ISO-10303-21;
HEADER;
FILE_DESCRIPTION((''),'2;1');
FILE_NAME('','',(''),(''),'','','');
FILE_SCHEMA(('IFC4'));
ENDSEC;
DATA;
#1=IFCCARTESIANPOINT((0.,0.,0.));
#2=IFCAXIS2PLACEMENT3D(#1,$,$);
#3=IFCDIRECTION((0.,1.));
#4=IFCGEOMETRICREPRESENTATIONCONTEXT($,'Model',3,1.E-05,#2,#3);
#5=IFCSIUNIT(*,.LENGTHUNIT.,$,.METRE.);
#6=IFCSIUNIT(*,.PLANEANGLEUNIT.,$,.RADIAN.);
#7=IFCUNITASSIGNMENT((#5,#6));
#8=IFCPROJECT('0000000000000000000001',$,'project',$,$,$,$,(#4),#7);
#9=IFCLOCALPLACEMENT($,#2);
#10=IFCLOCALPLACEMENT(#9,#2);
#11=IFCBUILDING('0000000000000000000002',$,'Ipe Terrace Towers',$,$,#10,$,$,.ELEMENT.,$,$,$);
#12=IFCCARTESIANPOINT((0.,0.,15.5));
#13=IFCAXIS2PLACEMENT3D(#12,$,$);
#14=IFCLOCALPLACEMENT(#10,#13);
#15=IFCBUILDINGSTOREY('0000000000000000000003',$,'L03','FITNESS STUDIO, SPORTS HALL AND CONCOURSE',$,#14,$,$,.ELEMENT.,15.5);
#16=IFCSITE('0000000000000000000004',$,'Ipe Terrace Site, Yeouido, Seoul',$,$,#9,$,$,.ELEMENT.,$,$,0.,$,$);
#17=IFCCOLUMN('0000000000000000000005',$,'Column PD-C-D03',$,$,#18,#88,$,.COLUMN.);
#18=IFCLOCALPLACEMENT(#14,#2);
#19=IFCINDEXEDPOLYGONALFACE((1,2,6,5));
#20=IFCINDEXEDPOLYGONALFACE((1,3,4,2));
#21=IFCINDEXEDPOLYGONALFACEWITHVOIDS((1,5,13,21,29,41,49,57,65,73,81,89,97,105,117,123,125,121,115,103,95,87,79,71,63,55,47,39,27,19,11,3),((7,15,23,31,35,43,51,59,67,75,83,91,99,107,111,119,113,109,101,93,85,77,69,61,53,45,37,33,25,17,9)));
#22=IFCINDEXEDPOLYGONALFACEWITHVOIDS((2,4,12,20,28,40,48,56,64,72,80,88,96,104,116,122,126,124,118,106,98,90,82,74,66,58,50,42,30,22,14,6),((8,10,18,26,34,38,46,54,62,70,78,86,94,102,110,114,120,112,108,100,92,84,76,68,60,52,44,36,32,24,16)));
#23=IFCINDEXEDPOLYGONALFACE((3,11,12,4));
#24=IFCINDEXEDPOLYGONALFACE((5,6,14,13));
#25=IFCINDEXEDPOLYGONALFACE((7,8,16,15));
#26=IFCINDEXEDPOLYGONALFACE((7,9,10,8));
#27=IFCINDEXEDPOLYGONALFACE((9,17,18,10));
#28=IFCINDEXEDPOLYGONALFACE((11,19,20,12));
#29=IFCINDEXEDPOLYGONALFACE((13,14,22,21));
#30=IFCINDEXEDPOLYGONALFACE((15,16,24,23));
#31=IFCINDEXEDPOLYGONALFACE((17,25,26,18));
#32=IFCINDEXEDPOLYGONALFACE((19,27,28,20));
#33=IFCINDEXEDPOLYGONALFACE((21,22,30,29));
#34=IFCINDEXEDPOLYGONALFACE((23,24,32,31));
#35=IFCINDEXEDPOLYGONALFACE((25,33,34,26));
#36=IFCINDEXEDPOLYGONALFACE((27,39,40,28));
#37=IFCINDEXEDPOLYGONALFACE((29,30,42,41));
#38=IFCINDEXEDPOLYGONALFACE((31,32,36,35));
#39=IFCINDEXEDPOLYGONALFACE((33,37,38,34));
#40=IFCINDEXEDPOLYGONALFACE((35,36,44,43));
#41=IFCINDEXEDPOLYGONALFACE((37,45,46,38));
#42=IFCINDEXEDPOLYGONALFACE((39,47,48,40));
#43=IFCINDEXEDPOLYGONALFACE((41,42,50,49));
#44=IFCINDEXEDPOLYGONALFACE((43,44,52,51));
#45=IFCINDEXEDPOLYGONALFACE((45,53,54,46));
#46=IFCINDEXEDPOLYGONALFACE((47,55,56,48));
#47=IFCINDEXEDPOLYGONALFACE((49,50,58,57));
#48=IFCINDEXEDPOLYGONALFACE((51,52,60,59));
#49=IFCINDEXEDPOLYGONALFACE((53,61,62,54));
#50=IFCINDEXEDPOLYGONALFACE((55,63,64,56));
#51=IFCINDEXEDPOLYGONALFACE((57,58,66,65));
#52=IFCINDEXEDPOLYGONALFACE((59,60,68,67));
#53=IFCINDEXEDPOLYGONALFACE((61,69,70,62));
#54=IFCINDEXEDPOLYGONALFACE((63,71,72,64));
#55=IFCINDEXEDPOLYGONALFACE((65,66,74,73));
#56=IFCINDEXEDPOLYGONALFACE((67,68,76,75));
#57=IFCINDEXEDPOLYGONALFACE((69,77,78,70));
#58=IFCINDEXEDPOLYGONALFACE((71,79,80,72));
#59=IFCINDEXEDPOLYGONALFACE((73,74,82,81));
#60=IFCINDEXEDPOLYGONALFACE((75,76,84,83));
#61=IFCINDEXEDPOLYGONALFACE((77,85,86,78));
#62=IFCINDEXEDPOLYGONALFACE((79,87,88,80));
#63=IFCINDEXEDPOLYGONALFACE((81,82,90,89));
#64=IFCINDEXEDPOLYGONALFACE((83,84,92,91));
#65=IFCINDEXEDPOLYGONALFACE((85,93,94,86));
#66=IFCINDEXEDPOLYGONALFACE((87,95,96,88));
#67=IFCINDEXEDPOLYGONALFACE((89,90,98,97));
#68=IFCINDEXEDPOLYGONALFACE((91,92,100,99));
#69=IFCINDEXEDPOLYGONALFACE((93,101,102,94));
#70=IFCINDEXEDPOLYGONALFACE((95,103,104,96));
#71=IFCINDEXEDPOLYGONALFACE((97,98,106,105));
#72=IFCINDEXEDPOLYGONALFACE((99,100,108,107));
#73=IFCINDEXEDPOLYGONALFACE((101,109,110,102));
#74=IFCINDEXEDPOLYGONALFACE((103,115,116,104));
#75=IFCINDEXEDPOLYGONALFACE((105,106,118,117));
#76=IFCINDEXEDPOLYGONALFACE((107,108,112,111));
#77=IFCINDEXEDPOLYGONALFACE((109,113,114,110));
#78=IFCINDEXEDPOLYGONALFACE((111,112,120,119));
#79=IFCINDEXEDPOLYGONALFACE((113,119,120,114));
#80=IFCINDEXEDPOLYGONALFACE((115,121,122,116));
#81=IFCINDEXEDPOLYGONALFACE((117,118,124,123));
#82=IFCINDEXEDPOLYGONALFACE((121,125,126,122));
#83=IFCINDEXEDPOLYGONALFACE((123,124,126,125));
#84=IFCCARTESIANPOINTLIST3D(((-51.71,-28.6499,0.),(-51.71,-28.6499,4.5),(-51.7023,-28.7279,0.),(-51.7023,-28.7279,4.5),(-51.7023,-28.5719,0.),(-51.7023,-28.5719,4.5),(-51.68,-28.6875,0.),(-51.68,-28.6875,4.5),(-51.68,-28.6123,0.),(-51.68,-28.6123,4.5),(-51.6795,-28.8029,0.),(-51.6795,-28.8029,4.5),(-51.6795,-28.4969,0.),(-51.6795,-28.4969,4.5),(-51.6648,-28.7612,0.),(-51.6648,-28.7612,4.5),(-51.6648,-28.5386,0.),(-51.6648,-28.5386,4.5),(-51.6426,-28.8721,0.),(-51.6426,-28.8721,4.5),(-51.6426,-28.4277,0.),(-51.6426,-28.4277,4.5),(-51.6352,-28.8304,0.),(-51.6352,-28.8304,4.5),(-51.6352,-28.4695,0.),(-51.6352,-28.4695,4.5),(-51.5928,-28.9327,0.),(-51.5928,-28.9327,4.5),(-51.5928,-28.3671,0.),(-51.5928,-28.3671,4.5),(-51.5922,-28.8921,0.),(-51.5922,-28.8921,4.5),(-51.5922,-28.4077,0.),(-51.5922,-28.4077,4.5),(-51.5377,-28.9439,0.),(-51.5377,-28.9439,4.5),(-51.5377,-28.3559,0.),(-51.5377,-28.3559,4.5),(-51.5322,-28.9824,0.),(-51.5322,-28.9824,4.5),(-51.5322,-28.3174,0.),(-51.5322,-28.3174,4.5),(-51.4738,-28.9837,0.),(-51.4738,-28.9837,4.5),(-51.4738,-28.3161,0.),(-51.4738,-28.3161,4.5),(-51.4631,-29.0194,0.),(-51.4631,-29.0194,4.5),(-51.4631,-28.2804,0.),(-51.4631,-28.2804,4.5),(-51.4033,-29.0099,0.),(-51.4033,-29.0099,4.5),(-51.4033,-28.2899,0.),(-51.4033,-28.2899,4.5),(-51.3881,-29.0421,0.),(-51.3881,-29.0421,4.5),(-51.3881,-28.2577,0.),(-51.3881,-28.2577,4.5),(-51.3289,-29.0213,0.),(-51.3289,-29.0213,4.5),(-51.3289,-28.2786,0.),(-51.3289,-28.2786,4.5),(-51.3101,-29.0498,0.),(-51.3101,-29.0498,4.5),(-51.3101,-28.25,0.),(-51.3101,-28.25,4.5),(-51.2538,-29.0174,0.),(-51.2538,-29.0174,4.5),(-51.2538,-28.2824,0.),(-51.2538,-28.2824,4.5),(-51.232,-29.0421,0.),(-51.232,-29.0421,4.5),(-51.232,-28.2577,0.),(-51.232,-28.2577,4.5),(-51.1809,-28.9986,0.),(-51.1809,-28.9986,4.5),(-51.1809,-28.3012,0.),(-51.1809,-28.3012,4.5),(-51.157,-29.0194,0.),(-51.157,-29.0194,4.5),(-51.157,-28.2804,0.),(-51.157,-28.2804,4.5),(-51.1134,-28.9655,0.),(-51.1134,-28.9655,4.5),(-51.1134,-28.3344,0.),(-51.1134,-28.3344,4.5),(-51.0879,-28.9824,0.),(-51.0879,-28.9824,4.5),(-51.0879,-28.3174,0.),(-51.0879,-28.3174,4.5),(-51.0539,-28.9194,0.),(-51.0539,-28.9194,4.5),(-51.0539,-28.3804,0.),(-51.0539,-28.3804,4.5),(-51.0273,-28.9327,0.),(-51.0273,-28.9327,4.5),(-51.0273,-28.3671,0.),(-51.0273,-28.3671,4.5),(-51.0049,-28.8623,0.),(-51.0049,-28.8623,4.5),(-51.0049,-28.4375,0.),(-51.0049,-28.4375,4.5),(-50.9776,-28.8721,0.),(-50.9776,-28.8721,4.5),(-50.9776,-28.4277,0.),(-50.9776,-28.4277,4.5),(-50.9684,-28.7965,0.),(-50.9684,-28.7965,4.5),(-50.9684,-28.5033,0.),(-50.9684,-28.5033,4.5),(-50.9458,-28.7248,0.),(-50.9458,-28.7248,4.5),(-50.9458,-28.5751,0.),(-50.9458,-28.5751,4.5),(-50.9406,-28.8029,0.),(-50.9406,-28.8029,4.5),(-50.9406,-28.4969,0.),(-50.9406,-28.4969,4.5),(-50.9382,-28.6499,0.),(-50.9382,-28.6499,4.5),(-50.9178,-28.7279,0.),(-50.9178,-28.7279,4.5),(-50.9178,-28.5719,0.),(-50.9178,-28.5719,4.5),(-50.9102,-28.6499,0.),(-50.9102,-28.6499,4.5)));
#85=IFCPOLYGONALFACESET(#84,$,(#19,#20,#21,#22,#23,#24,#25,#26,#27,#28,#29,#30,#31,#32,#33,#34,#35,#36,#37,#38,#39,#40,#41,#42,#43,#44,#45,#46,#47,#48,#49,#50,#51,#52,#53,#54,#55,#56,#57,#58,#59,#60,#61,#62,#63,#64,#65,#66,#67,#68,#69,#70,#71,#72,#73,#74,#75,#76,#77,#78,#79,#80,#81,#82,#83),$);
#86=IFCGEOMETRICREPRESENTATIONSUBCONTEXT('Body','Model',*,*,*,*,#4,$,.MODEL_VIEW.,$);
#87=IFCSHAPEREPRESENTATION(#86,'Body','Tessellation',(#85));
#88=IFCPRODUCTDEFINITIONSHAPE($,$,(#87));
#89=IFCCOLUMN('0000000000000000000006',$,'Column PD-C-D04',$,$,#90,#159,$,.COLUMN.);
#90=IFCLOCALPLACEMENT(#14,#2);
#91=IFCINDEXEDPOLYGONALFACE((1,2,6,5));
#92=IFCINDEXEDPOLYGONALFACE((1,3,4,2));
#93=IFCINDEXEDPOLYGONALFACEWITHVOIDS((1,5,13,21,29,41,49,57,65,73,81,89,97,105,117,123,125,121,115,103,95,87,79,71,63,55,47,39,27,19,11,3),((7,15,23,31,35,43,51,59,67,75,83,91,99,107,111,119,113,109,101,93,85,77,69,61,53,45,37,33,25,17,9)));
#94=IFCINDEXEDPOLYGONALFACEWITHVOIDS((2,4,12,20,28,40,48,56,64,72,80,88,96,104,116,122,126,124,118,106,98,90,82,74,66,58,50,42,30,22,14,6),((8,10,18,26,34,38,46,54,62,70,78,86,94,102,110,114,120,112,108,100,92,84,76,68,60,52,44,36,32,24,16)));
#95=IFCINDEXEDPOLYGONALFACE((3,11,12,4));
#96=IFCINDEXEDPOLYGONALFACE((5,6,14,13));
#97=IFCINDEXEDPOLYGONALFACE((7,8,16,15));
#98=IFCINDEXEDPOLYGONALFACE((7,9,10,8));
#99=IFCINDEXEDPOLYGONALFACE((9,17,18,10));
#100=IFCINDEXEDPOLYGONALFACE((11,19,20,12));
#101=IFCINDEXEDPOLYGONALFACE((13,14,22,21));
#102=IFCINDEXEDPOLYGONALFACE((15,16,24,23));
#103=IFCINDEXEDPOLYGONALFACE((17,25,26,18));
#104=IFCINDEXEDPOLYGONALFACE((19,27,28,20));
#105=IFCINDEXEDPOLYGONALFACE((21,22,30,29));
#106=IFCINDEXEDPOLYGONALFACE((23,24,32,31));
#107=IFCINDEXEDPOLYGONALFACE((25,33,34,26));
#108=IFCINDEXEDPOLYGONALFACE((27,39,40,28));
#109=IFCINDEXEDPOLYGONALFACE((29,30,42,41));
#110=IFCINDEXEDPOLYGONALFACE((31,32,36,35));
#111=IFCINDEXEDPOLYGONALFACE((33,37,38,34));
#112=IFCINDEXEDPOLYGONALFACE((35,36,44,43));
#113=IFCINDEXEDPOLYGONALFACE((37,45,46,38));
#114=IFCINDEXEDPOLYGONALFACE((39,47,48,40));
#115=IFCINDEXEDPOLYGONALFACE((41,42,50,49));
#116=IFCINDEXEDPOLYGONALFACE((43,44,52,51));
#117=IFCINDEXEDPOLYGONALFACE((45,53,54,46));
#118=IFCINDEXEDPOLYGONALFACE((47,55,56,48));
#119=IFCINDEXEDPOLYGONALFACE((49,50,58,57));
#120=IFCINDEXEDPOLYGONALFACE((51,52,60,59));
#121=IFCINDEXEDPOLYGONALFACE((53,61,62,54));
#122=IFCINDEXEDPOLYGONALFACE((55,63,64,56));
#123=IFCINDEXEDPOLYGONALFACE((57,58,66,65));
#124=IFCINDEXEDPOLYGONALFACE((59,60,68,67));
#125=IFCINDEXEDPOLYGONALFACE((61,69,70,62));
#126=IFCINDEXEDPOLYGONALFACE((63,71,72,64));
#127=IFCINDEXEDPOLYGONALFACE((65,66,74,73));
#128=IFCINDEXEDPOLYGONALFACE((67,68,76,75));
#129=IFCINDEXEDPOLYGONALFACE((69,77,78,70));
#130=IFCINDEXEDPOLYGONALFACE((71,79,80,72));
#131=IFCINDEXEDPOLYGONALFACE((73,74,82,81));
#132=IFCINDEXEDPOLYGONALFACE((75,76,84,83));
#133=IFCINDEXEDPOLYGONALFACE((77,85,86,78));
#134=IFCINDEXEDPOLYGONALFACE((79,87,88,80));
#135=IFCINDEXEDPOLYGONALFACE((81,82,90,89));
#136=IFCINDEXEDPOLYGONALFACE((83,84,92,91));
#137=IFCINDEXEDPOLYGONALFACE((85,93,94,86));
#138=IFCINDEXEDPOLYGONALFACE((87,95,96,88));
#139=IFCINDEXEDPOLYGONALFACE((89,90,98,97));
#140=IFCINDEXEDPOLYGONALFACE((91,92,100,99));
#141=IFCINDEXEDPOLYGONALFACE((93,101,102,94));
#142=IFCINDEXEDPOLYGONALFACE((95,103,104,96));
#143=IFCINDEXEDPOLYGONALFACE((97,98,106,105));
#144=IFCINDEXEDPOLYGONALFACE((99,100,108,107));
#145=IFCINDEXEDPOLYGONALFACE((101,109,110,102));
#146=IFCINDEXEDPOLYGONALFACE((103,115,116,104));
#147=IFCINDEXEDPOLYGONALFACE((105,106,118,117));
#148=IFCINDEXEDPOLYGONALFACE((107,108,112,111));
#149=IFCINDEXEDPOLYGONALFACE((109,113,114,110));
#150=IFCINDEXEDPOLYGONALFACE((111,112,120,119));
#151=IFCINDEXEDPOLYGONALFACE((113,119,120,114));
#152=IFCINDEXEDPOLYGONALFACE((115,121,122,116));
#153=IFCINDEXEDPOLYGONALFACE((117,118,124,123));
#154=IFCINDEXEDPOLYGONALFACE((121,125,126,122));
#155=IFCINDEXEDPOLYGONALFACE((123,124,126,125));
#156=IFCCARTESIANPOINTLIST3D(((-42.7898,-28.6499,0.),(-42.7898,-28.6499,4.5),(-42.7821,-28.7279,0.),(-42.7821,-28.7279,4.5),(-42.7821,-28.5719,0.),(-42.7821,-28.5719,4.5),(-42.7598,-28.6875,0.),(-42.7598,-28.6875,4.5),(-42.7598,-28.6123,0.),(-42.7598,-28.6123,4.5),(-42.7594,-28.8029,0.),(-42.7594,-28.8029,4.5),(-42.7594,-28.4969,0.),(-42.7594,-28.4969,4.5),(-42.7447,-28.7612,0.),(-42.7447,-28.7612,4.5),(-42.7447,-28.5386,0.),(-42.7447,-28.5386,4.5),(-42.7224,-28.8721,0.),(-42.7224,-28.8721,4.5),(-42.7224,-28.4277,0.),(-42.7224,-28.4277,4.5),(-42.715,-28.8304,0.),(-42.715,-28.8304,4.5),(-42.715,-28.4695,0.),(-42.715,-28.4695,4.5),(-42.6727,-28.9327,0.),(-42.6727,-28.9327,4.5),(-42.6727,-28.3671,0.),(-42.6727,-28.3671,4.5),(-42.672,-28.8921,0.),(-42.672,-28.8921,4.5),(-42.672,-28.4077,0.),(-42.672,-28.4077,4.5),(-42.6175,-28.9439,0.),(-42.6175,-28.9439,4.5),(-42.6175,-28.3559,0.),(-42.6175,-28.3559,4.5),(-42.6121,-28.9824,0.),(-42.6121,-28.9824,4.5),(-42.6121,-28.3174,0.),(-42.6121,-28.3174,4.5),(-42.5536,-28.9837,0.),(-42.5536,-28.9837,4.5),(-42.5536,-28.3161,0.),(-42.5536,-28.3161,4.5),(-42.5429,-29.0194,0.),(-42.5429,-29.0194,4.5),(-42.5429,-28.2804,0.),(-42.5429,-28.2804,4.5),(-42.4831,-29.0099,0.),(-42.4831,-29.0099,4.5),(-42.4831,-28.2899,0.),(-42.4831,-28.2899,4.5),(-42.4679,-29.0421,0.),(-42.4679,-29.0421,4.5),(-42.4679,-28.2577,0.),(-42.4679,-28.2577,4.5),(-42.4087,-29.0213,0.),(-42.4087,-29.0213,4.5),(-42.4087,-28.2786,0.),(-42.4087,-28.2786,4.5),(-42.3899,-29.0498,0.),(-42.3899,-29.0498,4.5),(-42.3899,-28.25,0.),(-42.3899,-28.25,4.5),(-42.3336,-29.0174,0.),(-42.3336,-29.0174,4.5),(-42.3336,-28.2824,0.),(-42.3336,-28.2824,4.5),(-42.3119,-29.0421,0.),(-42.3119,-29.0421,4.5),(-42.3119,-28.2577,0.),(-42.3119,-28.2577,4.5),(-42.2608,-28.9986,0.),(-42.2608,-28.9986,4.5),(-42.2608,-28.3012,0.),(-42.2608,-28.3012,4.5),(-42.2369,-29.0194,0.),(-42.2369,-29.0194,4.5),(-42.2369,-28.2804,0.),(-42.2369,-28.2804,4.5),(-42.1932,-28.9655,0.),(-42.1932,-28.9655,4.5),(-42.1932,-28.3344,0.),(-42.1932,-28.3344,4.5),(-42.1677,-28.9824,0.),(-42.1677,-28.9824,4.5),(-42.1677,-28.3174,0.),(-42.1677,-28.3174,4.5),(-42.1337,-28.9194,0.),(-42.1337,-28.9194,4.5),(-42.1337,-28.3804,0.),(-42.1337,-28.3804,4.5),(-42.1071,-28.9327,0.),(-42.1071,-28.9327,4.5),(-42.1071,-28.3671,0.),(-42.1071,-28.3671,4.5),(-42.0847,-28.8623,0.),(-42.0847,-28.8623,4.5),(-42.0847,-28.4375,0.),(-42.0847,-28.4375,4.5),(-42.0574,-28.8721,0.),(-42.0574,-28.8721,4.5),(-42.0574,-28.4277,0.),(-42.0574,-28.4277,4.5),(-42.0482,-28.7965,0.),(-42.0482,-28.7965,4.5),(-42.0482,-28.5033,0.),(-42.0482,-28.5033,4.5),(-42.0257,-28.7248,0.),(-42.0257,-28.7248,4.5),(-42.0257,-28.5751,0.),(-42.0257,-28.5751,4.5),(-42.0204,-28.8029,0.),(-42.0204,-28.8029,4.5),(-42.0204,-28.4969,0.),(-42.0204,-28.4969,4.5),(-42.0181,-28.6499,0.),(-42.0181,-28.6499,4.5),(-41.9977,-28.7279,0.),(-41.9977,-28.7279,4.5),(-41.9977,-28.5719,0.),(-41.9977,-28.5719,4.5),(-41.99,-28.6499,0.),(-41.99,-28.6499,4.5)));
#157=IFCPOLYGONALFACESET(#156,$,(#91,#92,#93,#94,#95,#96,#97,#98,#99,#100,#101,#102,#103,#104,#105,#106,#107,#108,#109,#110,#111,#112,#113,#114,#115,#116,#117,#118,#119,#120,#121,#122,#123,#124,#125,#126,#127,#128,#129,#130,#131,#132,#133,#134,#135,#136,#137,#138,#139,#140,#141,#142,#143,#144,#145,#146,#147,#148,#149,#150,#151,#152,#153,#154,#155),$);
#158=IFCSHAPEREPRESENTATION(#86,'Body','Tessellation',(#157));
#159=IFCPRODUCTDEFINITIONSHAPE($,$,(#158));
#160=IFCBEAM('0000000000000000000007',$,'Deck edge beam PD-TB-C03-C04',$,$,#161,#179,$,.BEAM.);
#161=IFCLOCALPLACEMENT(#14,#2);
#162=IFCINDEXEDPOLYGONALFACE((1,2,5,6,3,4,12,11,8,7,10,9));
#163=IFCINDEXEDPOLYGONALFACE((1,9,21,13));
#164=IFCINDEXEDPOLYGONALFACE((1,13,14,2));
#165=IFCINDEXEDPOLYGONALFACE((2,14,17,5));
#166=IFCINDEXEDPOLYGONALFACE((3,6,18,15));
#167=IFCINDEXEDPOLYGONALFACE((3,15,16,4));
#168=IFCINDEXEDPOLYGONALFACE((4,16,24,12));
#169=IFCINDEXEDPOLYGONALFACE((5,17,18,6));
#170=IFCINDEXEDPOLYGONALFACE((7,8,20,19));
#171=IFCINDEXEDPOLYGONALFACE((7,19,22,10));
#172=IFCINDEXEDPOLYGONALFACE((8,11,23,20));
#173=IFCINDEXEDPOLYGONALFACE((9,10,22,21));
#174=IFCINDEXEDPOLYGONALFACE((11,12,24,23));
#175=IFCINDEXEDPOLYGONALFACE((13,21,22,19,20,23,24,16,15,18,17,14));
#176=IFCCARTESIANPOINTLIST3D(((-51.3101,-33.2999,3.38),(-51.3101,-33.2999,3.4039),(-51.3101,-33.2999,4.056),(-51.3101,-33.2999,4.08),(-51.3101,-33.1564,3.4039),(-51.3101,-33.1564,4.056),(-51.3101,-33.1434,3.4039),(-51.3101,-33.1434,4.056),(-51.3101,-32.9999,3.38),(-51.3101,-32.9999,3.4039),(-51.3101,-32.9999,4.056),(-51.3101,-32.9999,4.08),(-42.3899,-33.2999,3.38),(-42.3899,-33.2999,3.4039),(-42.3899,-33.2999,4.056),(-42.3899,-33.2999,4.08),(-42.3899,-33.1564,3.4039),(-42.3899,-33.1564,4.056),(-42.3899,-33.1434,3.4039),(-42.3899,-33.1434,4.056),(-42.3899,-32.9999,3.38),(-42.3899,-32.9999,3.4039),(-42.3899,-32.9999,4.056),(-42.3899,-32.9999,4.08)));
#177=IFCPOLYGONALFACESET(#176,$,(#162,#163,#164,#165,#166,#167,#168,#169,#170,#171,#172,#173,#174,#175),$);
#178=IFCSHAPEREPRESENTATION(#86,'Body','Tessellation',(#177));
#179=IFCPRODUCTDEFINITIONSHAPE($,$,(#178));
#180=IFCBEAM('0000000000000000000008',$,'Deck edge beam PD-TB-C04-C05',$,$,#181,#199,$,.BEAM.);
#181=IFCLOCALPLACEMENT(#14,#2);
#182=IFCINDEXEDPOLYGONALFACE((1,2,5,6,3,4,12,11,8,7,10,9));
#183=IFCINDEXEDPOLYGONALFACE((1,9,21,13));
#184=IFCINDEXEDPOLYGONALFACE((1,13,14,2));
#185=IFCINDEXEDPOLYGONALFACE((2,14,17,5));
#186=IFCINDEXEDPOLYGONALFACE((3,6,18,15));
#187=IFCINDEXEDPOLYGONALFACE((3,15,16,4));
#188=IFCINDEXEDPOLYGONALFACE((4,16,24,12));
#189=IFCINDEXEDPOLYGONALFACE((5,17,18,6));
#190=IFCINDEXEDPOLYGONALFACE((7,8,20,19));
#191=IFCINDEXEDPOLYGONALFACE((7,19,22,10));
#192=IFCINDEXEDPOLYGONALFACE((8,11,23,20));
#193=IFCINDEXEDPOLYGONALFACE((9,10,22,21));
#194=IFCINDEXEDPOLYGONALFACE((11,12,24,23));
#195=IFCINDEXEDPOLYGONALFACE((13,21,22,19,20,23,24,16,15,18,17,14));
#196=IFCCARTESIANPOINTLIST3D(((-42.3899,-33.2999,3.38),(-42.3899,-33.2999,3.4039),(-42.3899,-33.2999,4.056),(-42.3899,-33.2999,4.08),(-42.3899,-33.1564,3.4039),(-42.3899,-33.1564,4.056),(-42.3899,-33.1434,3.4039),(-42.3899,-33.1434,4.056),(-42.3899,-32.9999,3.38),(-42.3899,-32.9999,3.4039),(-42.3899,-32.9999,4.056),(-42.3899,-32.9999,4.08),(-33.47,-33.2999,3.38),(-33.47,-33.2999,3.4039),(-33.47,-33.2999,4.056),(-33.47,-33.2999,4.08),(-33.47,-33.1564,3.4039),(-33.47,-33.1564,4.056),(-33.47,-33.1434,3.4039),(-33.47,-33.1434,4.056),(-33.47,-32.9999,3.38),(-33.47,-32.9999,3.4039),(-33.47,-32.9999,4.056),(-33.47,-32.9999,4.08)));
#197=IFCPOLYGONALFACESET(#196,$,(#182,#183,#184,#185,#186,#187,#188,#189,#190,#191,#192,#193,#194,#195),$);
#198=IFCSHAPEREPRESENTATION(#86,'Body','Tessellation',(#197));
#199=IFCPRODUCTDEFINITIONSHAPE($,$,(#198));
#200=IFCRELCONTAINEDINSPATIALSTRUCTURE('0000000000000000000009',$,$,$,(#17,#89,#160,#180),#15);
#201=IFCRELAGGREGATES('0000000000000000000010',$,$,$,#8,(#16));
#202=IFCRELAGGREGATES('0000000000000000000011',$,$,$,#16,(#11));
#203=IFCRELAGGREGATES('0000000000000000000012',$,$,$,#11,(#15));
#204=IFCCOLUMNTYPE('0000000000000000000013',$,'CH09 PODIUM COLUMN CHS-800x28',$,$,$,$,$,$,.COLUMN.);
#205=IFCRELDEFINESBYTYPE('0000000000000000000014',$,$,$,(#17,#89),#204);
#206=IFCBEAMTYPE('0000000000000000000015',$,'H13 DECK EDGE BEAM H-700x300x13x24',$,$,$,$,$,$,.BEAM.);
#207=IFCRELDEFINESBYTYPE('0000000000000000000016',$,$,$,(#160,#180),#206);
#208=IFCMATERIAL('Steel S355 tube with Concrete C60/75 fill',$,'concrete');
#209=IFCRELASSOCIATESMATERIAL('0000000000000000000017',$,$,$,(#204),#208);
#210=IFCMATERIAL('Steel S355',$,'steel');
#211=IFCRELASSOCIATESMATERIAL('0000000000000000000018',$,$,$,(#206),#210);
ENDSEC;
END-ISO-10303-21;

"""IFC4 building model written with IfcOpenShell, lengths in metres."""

from ifc_helpers import new_model, si_unit, direction, frame, origin, origin_2d, place, context, subcontext, project, spatial, hollow_circle, i_section, extrude, material, material_profile, profile_set, type_object, element, save


model = new_model("IFC4")

# Units and contexts
model_context = context("Model", 3, precision=1e-05, world=origin(), true_north=direction((0.0, 1.0)))
body_context = subcontext(model_context, "Body", "Model", "MODEL_VIEW")
ifc_project = project(units=[si_unit("LENGTHUNIT", "METRE"), si_unit("PLANEANGLEUNIT", "RADIAN")], contexts=[model_context])

# Site, building, storey
site_placement = place(None, origin())
site = spatial("IfcSite", under=ifc_project, at=site_placement, Name="Ipe Terrace Site, Yeouido, Seoul", CompositionType="ELEMENT", RefElevation=0.0)
building_placement = place(site_placement, origin())
building = spatial("IfcBuilding", under=site, at=building_placement, Name="Ipe Terrace Towers", CompositionType="ELEMENT")
storey_placement = place(building_placement, frame((0.0, 0.0, 15.5)))
storey = spatial("IfcBuildingStorey", under=building, at=storey_placement, Name="L03", Description="FITNESS STUDIO, SPORTS HALL AND CONCOURSE", CompositionType="ELEMENT", Elevation=15.5)

# Columns
ifc_material_1 = material(Name="Steel S355 tube with Concrete C60/75 fill", Category="concrete")
ifc_material_profile_1 = material_profile(ifc_material_1, hollow_circle(Radius=0.3999, WallThickness=0.0281, at=origin_2d()), Name="CHS-800x28")
ifc_profile_set_1 = profile_set([ifc_material_profile_1], Name="Steel S355 tube with Concrete C60/75 fill")
column_type = type_object("IfcColumnType", Name="CH09 PODIUM COLUMN CHS-800x28", PredefinedType="COLUMN", material=ifc_profile_set_1)
for number, where, z_axis, x_axis, name in (
    (1, (-51.3101, -28.6499, 0.0), (0.0, 0.0, 1.0), (1.0, 0.0, 0.0), "Column PD-C-D03"),
    (2, (-42.3899, -28.6499, 0.0), (0.0, 0.0, 1.0), (1.0, 0.0, 0.0), "Column PD-C-D04"),
):
    element("IfcColumn", number, at=place(storey_placement, frame(where, z_axis=z_axis, x_axis=x_axis)), inside=storey, type_object=column_type, Name=name, PredefinedType="COLUMN", context=body_context, shape_type="SweptSolid", body=[
        extrude(hollow_circle(Radius=0.3999, WallThickness=0.0281, at=origin_2d()), origin(), (0.0, 0.0, 1.0), 4.5),
    ])

# Beams
ifc_material_2 = material(Name="Steel S355", Category="steel")
ifc_material_profile_2 = material_profile(ifc_material_2, i_section(OverallWidth=0.3, OverallDepth=0.7, WebThickness=0.0129, FlangeThickness=0.0239, at=origin_2d()), Name="H-700x300x13x24")
ifc_profile_set_2 = profile_set([ifc_material_profile_2], Name="Steel S355")
beam_type = type_object("IfcBeamType", Name="H13 DECK EDGE BEAM H-700x300x13x24", PredefinedType="BEAM", material=ifc_profile_set_2)
beam_1_placement = place(storey_placement, frame((-51.3101, -33.1499, 3.73), z_axis=(1.0, 0.0, 0.0), x_axis=(0.0, 1.0, 0.0)))
element("IfcBeam", 3, at=beam_1_placement, inside=storey, type_object=beam_type, Name="Deck edge beam PD-TB-C03-C04", PredefinedType="BEAM", context=body_context, shape_type="SweptSolid", body=[
    extrude(i_section(OverallWidth=0.3, OverallDepth=0.7, WebThickness=0.0129, FlangeThickness=0.0239, at=origin_2d()), origin(), (0.0, 0.0, 1.0), 8.9202),
])
beam_2_placement = place(storey_placement, frame((-42.3899, -33.1499, 3.73), z_axis=(1.0, 0.0, 0.0), x_axis=(0.0, 1.0, 0.0)))
element("IfcBeam", 4, at=beam_2_placement, inside=storey, type_object=beam_type, Name="Deck edge beam PD-TB-C04-C05", PredefinedType="BEAM", context=body_context, shape_type="SweptSolid", body=[
    extrude(i_section(OverallWidth=0.3, OverallDepth=0.7, WebThickness=0.0129, FlangeThickness=0.0239, at=origin_2d()), origin(), (0.0, 0.0, 1.0), 8.9199),
])

save(model, "model.ifc")
